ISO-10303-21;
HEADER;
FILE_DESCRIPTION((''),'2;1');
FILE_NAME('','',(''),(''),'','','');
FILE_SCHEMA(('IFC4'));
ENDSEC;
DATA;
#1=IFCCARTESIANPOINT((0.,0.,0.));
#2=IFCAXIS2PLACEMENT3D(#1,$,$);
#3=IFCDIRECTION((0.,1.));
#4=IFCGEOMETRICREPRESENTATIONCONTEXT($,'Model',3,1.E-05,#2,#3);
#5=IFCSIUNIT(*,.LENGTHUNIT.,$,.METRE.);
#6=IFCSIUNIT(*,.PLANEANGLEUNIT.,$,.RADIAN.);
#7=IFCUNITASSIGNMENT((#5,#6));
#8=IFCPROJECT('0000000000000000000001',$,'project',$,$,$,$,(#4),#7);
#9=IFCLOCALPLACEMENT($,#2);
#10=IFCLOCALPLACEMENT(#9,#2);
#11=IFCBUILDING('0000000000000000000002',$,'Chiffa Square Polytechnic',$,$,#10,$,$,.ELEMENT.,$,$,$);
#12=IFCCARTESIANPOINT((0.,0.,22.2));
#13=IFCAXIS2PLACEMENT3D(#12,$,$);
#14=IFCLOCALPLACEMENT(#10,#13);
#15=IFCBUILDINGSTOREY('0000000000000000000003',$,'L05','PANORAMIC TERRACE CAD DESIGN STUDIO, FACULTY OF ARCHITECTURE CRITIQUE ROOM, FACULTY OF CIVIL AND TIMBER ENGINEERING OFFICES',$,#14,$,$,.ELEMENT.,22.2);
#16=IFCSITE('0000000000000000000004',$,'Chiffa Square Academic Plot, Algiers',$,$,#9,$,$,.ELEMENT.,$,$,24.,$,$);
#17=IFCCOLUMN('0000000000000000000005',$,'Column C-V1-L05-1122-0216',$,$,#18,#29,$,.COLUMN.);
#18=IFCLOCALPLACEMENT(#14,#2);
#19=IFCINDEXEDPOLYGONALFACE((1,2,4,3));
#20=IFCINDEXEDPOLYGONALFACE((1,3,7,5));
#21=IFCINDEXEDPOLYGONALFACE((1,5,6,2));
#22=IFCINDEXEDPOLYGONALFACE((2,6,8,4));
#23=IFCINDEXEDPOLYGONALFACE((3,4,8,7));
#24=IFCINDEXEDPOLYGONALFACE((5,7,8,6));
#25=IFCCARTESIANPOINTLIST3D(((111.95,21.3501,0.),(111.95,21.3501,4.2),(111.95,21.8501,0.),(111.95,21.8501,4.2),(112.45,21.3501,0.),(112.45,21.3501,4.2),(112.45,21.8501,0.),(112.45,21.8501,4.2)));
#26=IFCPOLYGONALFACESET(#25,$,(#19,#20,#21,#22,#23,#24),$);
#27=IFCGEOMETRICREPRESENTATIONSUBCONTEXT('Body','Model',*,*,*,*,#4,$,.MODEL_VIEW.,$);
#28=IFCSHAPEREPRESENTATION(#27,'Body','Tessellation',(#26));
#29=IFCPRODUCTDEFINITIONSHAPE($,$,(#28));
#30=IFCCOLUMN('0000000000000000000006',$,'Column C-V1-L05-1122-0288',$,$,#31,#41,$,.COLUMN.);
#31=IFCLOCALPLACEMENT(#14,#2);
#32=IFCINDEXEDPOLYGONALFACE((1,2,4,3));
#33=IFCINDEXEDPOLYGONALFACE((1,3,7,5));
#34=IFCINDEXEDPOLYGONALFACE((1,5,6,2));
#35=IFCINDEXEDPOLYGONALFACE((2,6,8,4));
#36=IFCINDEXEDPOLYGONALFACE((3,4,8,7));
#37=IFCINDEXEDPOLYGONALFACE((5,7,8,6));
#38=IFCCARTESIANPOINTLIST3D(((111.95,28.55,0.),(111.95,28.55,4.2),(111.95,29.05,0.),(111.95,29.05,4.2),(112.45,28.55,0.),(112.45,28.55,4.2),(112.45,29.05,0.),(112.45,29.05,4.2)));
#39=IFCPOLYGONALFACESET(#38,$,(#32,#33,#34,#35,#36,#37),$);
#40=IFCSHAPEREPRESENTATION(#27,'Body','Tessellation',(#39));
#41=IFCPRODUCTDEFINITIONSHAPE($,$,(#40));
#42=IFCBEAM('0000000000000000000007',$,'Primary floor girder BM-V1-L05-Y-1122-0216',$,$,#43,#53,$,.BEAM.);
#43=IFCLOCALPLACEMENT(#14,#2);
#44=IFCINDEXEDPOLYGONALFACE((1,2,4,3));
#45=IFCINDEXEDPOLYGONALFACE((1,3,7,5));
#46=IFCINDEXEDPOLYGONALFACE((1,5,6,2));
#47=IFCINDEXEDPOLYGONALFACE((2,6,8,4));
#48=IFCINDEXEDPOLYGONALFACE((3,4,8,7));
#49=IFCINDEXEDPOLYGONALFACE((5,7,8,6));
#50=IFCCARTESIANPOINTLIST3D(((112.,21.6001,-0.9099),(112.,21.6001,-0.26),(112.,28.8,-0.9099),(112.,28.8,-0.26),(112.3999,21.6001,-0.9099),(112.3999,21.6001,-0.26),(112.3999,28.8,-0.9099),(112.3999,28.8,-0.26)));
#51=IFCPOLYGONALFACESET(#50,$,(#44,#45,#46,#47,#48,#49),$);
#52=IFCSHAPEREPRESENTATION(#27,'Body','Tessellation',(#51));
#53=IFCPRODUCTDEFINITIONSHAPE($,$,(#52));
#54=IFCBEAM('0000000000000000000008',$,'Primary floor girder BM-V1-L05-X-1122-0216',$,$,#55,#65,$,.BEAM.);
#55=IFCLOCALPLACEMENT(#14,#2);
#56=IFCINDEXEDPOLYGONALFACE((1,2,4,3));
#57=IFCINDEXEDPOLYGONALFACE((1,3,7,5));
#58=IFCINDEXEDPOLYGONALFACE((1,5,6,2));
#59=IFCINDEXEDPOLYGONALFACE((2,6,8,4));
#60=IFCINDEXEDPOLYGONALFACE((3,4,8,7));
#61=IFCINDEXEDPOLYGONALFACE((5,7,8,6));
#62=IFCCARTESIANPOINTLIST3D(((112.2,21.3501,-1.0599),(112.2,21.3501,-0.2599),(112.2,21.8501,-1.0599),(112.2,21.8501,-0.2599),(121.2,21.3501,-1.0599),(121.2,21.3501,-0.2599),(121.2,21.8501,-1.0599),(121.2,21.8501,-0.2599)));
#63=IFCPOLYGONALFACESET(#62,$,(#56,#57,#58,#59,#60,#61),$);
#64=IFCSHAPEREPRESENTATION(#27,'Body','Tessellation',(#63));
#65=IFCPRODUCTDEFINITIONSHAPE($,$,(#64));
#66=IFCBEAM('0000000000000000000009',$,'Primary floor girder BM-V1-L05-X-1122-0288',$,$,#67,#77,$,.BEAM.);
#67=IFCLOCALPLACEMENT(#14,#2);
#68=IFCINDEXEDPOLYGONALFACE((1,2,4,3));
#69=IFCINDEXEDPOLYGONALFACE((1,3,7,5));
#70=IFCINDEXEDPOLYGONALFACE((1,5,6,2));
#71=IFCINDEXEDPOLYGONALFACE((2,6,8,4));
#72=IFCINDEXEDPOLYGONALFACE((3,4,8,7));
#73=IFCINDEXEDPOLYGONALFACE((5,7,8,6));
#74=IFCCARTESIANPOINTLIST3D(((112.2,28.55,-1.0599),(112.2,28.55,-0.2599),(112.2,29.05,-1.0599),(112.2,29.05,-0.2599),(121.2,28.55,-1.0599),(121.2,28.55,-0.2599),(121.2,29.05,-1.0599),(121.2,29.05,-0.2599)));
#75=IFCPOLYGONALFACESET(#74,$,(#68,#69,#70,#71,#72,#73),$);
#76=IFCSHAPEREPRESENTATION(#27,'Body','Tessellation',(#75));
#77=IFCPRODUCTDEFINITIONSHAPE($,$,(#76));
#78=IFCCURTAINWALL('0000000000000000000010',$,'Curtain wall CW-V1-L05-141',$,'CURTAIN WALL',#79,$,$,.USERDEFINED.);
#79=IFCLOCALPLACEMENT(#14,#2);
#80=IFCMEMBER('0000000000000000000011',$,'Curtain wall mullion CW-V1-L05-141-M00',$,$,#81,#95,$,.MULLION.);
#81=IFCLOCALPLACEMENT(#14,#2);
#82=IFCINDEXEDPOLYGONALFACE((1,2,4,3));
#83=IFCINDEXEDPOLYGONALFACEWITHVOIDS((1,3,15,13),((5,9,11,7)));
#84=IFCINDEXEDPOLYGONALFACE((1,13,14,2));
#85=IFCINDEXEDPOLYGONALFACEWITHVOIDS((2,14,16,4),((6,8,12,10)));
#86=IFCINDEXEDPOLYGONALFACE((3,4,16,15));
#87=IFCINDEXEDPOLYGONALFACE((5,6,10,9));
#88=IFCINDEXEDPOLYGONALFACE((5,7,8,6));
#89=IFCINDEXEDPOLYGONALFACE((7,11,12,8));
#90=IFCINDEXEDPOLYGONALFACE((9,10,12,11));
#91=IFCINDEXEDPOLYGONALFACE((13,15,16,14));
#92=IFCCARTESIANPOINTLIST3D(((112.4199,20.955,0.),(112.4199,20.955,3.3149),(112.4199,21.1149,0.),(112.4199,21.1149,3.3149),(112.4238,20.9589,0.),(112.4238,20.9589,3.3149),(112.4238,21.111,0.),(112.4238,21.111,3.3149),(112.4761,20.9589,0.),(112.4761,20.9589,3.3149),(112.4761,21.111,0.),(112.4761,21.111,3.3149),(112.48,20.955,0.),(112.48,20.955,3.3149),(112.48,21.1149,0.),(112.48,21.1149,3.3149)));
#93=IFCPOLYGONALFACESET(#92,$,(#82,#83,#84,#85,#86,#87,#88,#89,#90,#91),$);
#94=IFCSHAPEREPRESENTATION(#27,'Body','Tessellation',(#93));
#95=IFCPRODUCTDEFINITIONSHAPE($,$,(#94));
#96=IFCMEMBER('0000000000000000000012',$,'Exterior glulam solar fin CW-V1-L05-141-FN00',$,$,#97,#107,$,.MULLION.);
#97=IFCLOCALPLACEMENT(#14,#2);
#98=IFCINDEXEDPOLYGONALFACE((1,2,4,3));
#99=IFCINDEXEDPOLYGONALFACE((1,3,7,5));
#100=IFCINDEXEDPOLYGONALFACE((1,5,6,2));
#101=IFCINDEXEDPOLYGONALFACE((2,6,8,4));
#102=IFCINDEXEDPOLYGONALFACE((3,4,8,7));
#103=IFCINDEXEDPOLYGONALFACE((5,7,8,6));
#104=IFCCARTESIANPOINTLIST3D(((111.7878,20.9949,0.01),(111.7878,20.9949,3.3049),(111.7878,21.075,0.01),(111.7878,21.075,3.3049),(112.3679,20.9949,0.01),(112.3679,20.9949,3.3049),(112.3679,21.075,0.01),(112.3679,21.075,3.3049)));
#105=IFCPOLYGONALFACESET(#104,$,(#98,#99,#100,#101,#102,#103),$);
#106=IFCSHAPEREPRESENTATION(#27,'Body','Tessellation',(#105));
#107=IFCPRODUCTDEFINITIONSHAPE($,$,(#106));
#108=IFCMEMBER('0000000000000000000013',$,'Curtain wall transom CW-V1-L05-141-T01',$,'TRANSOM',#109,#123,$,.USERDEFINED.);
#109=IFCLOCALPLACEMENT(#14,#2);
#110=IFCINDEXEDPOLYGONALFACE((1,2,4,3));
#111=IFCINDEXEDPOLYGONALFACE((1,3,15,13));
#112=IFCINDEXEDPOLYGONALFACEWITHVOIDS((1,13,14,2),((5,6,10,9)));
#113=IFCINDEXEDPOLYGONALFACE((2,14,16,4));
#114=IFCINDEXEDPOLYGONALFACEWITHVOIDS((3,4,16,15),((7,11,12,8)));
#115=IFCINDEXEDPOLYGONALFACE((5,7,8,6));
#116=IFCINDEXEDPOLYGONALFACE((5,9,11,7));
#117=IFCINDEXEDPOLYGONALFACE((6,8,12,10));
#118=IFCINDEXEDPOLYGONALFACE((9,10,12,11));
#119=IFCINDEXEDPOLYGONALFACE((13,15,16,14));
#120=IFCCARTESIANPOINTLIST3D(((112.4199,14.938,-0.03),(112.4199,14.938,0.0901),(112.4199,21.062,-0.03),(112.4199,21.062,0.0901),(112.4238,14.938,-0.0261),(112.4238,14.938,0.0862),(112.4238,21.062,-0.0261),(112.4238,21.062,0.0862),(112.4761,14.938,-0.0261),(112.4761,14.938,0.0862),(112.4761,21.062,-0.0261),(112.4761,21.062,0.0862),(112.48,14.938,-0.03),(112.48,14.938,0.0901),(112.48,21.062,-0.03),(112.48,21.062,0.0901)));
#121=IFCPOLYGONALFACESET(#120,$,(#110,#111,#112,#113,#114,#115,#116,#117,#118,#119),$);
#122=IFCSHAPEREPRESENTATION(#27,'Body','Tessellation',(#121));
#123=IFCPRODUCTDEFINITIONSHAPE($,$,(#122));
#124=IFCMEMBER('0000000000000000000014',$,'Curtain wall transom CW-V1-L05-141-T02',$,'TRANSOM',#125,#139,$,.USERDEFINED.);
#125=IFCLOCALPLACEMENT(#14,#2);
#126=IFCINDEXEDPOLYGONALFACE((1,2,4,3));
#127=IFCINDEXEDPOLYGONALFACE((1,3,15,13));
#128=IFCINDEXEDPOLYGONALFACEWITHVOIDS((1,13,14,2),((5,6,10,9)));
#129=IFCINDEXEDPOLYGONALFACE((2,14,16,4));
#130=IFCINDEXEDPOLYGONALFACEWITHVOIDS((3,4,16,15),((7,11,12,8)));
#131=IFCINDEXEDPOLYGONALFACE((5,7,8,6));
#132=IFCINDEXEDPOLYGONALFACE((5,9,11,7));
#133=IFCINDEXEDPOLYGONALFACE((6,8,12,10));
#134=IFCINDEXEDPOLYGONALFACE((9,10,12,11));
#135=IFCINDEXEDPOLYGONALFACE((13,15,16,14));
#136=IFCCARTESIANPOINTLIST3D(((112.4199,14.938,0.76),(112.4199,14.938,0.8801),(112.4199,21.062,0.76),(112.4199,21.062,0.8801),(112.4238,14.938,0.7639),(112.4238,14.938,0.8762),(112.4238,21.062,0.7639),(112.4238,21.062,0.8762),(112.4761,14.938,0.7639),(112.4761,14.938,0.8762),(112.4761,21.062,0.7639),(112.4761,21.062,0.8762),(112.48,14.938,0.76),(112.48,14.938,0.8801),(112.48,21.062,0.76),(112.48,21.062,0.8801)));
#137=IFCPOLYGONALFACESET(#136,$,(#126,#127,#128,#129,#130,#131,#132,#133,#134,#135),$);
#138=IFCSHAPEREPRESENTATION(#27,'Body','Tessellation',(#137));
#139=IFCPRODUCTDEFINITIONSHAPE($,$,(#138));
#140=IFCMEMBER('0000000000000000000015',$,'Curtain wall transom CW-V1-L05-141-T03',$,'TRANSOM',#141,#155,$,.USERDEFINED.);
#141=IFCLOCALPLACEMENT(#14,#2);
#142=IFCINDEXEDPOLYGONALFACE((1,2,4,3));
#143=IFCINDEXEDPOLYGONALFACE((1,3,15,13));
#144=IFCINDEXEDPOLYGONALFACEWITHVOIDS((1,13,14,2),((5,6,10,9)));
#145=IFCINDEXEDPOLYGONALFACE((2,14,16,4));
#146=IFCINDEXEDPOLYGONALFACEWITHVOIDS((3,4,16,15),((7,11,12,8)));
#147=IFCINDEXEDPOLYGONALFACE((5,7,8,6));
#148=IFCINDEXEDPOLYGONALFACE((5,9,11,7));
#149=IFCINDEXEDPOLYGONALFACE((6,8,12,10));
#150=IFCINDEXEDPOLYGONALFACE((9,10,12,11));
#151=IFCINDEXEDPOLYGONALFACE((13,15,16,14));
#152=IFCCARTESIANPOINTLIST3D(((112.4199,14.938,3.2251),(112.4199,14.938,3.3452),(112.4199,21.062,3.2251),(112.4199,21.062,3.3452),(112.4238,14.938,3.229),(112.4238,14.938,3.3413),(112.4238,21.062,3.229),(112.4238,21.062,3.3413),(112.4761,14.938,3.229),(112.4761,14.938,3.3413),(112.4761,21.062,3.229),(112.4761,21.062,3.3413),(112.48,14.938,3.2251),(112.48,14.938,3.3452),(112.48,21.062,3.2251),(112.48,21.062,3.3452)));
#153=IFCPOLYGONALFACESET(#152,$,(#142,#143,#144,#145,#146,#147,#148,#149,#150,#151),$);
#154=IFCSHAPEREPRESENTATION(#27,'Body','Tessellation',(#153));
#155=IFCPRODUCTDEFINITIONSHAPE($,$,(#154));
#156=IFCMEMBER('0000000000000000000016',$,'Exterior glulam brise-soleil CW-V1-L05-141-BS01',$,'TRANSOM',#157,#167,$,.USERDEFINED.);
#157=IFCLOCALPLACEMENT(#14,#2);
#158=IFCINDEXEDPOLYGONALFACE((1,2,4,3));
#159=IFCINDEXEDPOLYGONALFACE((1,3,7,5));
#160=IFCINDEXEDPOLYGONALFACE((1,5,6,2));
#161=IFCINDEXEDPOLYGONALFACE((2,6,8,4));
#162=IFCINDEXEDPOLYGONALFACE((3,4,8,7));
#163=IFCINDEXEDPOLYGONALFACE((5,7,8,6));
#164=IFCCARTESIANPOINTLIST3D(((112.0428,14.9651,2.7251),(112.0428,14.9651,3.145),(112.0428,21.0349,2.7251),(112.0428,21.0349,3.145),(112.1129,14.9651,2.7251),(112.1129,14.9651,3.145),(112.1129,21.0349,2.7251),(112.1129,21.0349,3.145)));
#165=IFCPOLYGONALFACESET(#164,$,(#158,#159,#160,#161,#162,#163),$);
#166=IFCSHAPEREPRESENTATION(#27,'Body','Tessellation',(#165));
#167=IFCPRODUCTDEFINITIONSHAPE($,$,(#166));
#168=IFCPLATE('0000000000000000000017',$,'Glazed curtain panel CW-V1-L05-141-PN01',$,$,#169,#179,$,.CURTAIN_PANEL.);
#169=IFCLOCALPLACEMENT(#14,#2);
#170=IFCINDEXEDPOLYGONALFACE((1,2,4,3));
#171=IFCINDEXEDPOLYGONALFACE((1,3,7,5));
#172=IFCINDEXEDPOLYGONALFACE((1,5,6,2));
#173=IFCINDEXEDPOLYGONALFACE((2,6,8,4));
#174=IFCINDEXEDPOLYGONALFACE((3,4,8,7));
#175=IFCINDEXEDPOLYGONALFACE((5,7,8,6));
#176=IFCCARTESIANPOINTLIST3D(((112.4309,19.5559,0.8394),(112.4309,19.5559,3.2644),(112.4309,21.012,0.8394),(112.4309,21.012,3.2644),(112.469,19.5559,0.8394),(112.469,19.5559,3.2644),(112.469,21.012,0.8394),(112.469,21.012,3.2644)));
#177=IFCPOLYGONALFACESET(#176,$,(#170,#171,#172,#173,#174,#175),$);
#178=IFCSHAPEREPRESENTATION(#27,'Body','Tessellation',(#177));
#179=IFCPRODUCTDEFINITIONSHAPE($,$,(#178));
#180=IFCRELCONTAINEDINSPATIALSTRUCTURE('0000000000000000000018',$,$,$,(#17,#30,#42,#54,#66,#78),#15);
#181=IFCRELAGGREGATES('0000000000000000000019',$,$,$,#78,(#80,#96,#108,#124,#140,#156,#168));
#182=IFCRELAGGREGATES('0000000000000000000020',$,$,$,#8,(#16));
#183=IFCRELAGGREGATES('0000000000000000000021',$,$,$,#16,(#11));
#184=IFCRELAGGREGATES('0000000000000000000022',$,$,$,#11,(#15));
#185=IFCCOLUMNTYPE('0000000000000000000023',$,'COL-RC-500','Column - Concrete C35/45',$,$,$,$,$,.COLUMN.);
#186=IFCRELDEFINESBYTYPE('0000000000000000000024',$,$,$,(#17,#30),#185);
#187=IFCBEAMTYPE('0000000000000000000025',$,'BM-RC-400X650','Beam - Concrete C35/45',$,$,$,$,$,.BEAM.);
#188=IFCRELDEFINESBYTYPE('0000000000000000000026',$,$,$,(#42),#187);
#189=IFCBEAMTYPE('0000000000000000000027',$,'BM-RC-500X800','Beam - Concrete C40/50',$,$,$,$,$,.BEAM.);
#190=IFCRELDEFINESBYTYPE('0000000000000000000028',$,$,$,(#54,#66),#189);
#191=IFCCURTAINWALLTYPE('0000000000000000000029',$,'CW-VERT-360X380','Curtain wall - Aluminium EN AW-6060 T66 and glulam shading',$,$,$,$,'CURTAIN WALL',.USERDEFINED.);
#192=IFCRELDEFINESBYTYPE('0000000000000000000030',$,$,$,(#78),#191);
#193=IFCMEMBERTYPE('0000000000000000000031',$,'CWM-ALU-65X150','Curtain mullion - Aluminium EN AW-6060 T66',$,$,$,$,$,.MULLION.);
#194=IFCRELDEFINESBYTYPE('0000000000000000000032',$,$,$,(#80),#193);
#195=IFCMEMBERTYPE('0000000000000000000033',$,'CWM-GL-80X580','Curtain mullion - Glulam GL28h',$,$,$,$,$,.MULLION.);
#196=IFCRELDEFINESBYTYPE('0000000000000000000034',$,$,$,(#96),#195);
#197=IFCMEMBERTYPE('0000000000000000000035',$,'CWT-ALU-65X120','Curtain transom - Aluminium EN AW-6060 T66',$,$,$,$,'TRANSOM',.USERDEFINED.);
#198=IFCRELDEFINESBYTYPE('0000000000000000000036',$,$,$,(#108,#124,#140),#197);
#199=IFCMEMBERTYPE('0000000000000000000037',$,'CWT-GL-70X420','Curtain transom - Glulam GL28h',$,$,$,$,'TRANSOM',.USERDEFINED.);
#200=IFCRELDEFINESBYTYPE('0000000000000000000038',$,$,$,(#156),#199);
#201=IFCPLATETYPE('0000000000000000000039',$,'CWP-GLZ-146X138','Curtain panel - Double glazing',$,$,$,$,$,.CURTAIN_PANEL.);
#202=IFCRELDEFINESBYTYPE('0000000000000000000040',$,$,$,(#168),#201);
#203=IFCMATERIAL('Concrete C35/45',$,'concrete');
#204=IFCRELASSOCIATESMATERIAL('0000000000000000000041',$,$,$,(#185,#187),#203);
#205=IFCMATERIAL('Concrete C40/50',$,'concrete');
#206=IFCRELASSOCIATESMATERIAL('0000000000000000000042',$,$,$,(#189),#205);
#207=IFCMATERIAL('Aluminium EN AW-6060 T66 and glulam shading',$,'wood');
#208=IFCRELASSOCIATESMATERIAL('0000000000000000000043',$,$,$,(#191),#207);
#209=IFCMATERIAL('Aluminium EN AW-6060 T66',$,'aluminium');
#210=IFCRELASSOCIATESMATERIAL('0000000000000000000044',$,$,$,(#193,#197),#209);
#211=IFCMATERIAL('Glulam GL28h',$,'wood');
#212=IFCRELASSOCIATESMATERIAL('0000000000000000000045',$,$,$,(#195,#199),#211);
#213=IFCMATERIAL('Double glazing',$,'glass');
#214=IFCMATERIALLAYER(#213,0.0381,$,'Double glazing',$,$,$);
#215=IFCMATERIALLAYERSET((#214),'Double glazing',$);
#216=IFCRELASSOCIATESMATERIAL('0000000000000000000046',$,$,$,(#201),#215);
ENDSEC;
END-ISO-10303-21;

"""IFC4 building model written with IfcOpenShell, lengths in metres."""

from ifc_helpers import new_model, si_unit, direction, frame, origin, origin_2d, place, context, subcontext, project, spatial, rectangle, hollow_rectangle, extrude, material, layer, layer_set, material_profile, profile_set, type_object, element, aggregate, save


model = new_model("IFC4")

# Units and contexts
model_context = context("Model", 3, precision=1e-05, world=origin(), true_north=direction((0.0, 1.0)))
body_context = subcontext(model_context, "Body", "Model", "MODEL_VIEW")
ifc_project = project(units=[si_unit("LENGTHUNIT", "METRE"), si_unit("PLANEANGLEUNIT", "RADIAN")], contexts=[model_context])

# Site, building, storey
site_placement = place(None, origin())
site = spatial("IfcSite", under=ifc_project, at=site_placement, Name="Chiffa Square Academic Plot, Algiers", CompositionType="ELEMENT", RefElevation=24.0)
building_placement = place(site_placement, origin())
building = spatial("IfcBuilding", under=site, at=building_placement, Name="Chiffa Square Polytechnic", CompositionType="ELEMENT")
storey_placement = place(building_placement, frame((0.0, 0.0, 22.2)))
storey = spatial("IfcBuildingStorey", under=building, at=storey_placement, Name="L05", Description="PANORAMIC TERRACE CAD DESIGN STUDIO, FACULTY OF ARCHITECTURE CRITIQUE ROOM, FACULTY OF CIVIL AND TIMBER ENGINEERING OFFICES", CompositionType="ELEMENT", Elevation=22.2)

# Columns
ifc_material_1 = material(Name="Concrete C35/45", Category="concrete")
ifc_material_profile_1 = material_profile(ifc_material_1, rectangle(XDim=0.5, YDim=0.5, at=origin_2d()), Name="RC 500x500")
ifc_profile_set_1 = profile_set([ifc_material_profile_1], Name="Concrete C35/45")
column_type = type_object("IfcColumnType", Name="COL-RC-500", Description="Column - Concrete C35/45", PredefinedType="COLUMN", material=ifc_profile_set_1)
for number, where, z_axis, x_axis, name in (
    (1, (112.2, 21.6001, 0.0), (0.0, 0.0, 1.0), (1.0, 0.0, 0.0), "Column C-V1-L05-1122-0216"),
    (2, (112.2, 28.8, 0.0), (0.0, 0.0, 1.0), (1.0, 0.0, 0.0), "Column C-V1-L05-1122-0288"),
):
    element("IfcColumn", number, at=place(storey_placement, frame(where, z_axis=z_axis, x_axis=x_axis)), inside=storey, type_object=column_type, Name=name, PredefinedType="COLUMN", context=body_context, shape_type="SweptSolid", body=[
        extrude(rectangle(XDim=0.5, YDim=0.5, at=origin_2d()), origin(), (0.0, 0.0, 1.0), 4.2),
    ])

# Beams
ifc_material_profile_2 = material_profile(ifc_material_1, rectangle(XDim=0.3999, YDim=0.6499, at=origin_2d()), Name="RC 400x650")
ifc_profile_set_2 = profile_set([ifc_material_profile_2], Name="Concrete C35/45")
beam_type_1 = type_object("IfcBeamType", Name="BM-RC-400X650", Description="Beam - Concrete C35/45", PredefinedType="BEAM", material=ifc_profile_set_2)
beam_placement = place(storey_placement, frame((112.2, 21.6001, -0.585), z_axis=(0.0, 1.0, 0.0), x_axis=(-1.0, 0.0, 0.0)))
element("IfcBeam", 3, at=beam_placement, inside=storey, type_object=beam_type_1, Name="Primary floor girder BM-V1-L05-Y-1122-0216", PredefinedType="BEAM", context=body_context, shape_type="SweptSolid", body=[
    extrude(rectangle(XDim=0.3999, YDim=0.6499, at=origin_2d()), origin(), (0.0, 0.0, 1.0), 7.2),
])
ifc_material_2 = material(Name="Concrete C40/50", Category="concrete")
ifc_material_profile_3 = material_profile(ifc_material_2, rectangle(XDim=0.5, YDim=0.8, at=origin_2d()), Name="RC 500x800")
ifc_profile_set_3 = profile_set([ifc_material_profile_3], Name="Concrete C40/50")
beam_type_2 = type_object("IfcBeamType", Name="BM-RC-500X800", Description="Beam - Concrete C40/50", PredefinedType="BEAM", material=ifc_profile_set_3)
for number, where, z_axis, x_axis, name in (
    (4, (112.2, 21.6001, -0.6599), (1.0, 0.0, 0.0), (0.0, 1.0, 0.0), "Primary floor girder BM-V1-L05-X-1122-0216"),
    (5, (112.2, 28.8, -0.6599), (1.0, 0.0, 0.0), (0.0, 1.0, 0.0), "Primary floor girder BM-V1-L05-X-1122-0288"),
):
    element("IfcBeam", number, at=place(storey_placement, frame(where, z_axis=z_axis, x_axis=x_axis)), inside=storey, type_object=beam_type_2, Name=name, PredefinedType="BEAM", context=body_context, shape_type="SweptSolid", body=[
        extrude(rectangle(XDim=0.5, YDim=0.8, at=origin_2d()), origin(), (0.0, 0.0, 1.0), 9.0),
    ])

# Curtain wall, members, plate
ifc_material_3 = material(Name="Aluminium EN AW-6060 T66 and glulam shading", Category="wood")
curtain_wall_type = type_object("IfcCurtainWallType", Name="CW-VERT-360X380", Description="Curtain wall - Aluminium EN AW-6060 T66 and glulam shading", ElementType="CURTAIN WALL", PredefinedType="USERDEFINED", material=ifc_material_3)
curtain_wall_placement = place(storey_placement, origin())
curtain_wall = element("IfcCurtainWall", 6, at=curtain_wall_placement, inside=storey, type_object=curtain_wall_type, Name="Curtain wall CW-V1-L05-141", ObjectType="CURTAIN WALL", PredefinedType="USERDEFINED")
ifc_material_4 = material(Name="Aluminium EN AW-6060 T66", Category="aluminium")
ifc_material_profile_4 = material_profile(ifc_material_4, hollow_rectangle(XDim=0.0601, YDim=0.1599, WallThickness=0.0039, at=origin_2d()), Name="ALU 60x160x4")
ifc_profile_set_4 = profile_set([ifc_material_profile_4], Name="Aluminium EN AW-6060 T66")
member_type_1 = type_object("IfcMemberType", Name="CWM-ALU-65X150", Description="Curtain mullion - Aluminium EN AW-6060 T66", PredefinedType="MULLION", material=ifc_profile_set_4)
member_1_placement = place(storey_placement, frame((112.45, 21.0349, 0.0), z_axis=(0.0, 0.0, 1.0), x_axis=(1.0, 0.0, 0.0)))
member_1 = element("IfcMember", 7, at=member_1_placement, type_object=member_type_1, Name="Curtain wall mullion CW-V1-L05-141-M00", PredefinedType="MULLION", context=body_context, shape_type="SweptSolid", body=[
    extrude(hollow_rectangle(XDim=0.0601, YDim=0.1599, WallThickness=0.0039, at=origin_2d()), origin(), (0.0, 0.0, 1.0), 3.3149),
])
ifc_material_5 = material(Name="Glulam GL28h", Category="wood")
ifc_material_profile_5 = material_profile(ifc_material_5, rectangle(XDim=0.0801, YDim=0.5801, at=origin_2d()), Name="GL28h 80x580")
ifc_profile_set_5 = profile_set([ifc_material_profile_5], Name="Glulam GL28h")
member_type_2 = type_object("IfcMemberType", Name="CWM-GL-80X580", Description="Curtain mullion - Glulam GL28h", PredefinedType="MULLION", material=ifc_profile_set_5)
member_2_placement = place(storey_placement, frame((112.0779, 21.0349, 0.01), z_axis=(0.0, 0.0, 1.0), x_axis=(0.0, -1.0, 0.0)))
member_2 = element("IfcMember", 8, at=member_2_placement, type_object=member_type_2, Name="Exterior glulam solar fin CW-V1-L05-141-FN00", PredefinedType="MULLION", context=body_context, shape_type="SweptSolid", body=[
    extrude(rectangle(XDim=0.0801, YDim=0.5801, at=origin_2d()), origin(), (0.0, 0.0, 1.0), 3.2949),
])
ifc_material_profile_6 = material_profile(ifc_material_4, hollow_rectangle(XDim=0.0601, YDim=0.1201, WallThickness=0.0039, at=origin_2d()), Name="ALU 60x120x4")
ifc_profile_set_6 = profile_set([ifc_material_profile_6], Name="Aluminium EN AW-6060 T66")
member_type_3 = type_object("IfcMemberType", Name="CWT-ALU-65X120", Description="Curtain transom - Aluminium EN AW-6060 T66", ElementType="TRANSOM", PredefinedType="USERDEFINED", material=ifc_profile_set_6)
member_3_placement = place(storey_placement, frame((112.45, 21.062, 0.03), z_axis=(0.0, -1.0, 0.0), x_axis=(1.0, 0.0, 0.0)))
member_3 = element("IfcMember", 9, at=member_3_placement, type_object=member_type_3, Name="Curtain wall transom CW-V1-L05-141-T01", ObjectType="TRANSOM", PredefinedType="USERDEFINED", context=body_context, shape_type="SweptSolid", body=[
    extrude(hollow_rectangle(XDim=0.0601, YDim=0.1201, WallThickness=0.0039, at=origin_2d()), origin(), (0.0, 0.0, 1.0), 6.124),
])
member_4_placement = place(storey_placement, frame((112.45, 21.062, 0.8201), z_axis=(0.0, -1.0, 0.0), x_axis=(1.0, 0.0, 0.0)))
member_4 = element("IfcMember", 10, at=member_4_placement, type_object=member_type_3, Name="Curtain wall transom CW-V1-L05-141-T02", ObjectType="TRANSOM", PredefinedType="USERDEFINED", context=body_context, shape_type="SweptSolid", body=[
    extrude(hollow_rectangle(XDim=0.0601, YDim=0.1201, WallThickness=0.0039, at=origin_2d()), origin(), (0.0, 0.0, 1.0), 6.124),
])
member_5_placement = place(storey_placement, frame((112.45, 21.062, 3.2852), z_axis=(0.0, -1.0, 0.0), x_axis=(1.0, 0.0, 0.0)))
member_5 = element("IfcMember", 11, at=member_5_placement, type_object=member_type_3, Name="Curtain wall transom CW-V1-L05-141-T03", ObjectType="TRANSOM", PredefinedType="USERDEFINED", context=body_context, shape_type="SweptSolid", body=[
    extrude(hollow_rectangle(XDim=0.0601, YDim=0.1201, WallThickness=0.0039, at=origin_2d()), origin(), (0.0, 0.0, 1.0), 6.124),
])
ifc_material_profile_7 = material_profile(ifc_material_5, rectangle(XDim=0.0701, YDim=0.4199, at=origin_2d()), Name="GL28h 70x420")
ifc_profile_set_7 = profile_set([ifc_material_profile_7], Name="Glulam GL28h")
member_type_4 = type_object("IfcMemberType", Name="CWT-GL-70X420", Description="Curtain transom - Glulam GL28h", ElementType="TRANSOM", PredefinedType="USERDEFINED", material=ifc_profile_set_7)
member_6_placement = place(storey_placement, frame((112.0779, 21.0349, 2.9351), z_axis=(0.0, -1.0, 0.0), x_axis=(1.0, 0.0, 0.0)))
member_6 = element("IfcMember", 12, at=member_6_placement, type_object=member_type_4, Name="Exterior glulam brise-soleil CW-V1-L05-141-BS01", ObjectType="TRANSOM", PredefinedType="USERDEFINED", context=body_context, shape_type="SweptSolid", body=[
    extrude(rectangle(XDim=0.0701, YDim=0.4199, at=origin_2d()), origin(), (0.0, 0.0, 1.0), 6.0698),
])
ifc_material_6 = material(Name="Double glazing", Category="glass")
ifc_layer_1 = layer(ifc_material_6, 0.0381, Name="Double glazing")
ifc_layer_set_1 = layer_set([ifc_layer_1], Name="Double glazing")
plate_type_1 = type_object("IfcPlateType", Name="CWP-GLZ-146X138", Description="Curtain panel - Double glazing", PredefinedType="CURTAIN_PANEL", material=ifc_layer_set_1)
plate_1_placement = place(storey_placement, frame((112.45, 20.2839, 0.8394), z_axis=(0.0, 0.0, 1.0), x_axis=(0.0, -1.0, 0.0)))
plate_1 = element("IfcPlate", 13, at=plate_1_placement, type_object=plate_type_1, Name="Glazed curtain panel CW-V1-L05-141-PN01", PredefinedType="CURTAIN_PANEL", context=body_context, shape_type="SweptSolid", body=[
    extrude(rectangle(XDim=1.4561, YDim=0.0381, at=origin_2d()), origin(), (0.0, 0.0, 1.0), 2.425),
])
aggregate(curtain_wall, [member_1, member_2, member_3, member_4, member_5, member_6, plate_1])

save(model, "model.ifc")
